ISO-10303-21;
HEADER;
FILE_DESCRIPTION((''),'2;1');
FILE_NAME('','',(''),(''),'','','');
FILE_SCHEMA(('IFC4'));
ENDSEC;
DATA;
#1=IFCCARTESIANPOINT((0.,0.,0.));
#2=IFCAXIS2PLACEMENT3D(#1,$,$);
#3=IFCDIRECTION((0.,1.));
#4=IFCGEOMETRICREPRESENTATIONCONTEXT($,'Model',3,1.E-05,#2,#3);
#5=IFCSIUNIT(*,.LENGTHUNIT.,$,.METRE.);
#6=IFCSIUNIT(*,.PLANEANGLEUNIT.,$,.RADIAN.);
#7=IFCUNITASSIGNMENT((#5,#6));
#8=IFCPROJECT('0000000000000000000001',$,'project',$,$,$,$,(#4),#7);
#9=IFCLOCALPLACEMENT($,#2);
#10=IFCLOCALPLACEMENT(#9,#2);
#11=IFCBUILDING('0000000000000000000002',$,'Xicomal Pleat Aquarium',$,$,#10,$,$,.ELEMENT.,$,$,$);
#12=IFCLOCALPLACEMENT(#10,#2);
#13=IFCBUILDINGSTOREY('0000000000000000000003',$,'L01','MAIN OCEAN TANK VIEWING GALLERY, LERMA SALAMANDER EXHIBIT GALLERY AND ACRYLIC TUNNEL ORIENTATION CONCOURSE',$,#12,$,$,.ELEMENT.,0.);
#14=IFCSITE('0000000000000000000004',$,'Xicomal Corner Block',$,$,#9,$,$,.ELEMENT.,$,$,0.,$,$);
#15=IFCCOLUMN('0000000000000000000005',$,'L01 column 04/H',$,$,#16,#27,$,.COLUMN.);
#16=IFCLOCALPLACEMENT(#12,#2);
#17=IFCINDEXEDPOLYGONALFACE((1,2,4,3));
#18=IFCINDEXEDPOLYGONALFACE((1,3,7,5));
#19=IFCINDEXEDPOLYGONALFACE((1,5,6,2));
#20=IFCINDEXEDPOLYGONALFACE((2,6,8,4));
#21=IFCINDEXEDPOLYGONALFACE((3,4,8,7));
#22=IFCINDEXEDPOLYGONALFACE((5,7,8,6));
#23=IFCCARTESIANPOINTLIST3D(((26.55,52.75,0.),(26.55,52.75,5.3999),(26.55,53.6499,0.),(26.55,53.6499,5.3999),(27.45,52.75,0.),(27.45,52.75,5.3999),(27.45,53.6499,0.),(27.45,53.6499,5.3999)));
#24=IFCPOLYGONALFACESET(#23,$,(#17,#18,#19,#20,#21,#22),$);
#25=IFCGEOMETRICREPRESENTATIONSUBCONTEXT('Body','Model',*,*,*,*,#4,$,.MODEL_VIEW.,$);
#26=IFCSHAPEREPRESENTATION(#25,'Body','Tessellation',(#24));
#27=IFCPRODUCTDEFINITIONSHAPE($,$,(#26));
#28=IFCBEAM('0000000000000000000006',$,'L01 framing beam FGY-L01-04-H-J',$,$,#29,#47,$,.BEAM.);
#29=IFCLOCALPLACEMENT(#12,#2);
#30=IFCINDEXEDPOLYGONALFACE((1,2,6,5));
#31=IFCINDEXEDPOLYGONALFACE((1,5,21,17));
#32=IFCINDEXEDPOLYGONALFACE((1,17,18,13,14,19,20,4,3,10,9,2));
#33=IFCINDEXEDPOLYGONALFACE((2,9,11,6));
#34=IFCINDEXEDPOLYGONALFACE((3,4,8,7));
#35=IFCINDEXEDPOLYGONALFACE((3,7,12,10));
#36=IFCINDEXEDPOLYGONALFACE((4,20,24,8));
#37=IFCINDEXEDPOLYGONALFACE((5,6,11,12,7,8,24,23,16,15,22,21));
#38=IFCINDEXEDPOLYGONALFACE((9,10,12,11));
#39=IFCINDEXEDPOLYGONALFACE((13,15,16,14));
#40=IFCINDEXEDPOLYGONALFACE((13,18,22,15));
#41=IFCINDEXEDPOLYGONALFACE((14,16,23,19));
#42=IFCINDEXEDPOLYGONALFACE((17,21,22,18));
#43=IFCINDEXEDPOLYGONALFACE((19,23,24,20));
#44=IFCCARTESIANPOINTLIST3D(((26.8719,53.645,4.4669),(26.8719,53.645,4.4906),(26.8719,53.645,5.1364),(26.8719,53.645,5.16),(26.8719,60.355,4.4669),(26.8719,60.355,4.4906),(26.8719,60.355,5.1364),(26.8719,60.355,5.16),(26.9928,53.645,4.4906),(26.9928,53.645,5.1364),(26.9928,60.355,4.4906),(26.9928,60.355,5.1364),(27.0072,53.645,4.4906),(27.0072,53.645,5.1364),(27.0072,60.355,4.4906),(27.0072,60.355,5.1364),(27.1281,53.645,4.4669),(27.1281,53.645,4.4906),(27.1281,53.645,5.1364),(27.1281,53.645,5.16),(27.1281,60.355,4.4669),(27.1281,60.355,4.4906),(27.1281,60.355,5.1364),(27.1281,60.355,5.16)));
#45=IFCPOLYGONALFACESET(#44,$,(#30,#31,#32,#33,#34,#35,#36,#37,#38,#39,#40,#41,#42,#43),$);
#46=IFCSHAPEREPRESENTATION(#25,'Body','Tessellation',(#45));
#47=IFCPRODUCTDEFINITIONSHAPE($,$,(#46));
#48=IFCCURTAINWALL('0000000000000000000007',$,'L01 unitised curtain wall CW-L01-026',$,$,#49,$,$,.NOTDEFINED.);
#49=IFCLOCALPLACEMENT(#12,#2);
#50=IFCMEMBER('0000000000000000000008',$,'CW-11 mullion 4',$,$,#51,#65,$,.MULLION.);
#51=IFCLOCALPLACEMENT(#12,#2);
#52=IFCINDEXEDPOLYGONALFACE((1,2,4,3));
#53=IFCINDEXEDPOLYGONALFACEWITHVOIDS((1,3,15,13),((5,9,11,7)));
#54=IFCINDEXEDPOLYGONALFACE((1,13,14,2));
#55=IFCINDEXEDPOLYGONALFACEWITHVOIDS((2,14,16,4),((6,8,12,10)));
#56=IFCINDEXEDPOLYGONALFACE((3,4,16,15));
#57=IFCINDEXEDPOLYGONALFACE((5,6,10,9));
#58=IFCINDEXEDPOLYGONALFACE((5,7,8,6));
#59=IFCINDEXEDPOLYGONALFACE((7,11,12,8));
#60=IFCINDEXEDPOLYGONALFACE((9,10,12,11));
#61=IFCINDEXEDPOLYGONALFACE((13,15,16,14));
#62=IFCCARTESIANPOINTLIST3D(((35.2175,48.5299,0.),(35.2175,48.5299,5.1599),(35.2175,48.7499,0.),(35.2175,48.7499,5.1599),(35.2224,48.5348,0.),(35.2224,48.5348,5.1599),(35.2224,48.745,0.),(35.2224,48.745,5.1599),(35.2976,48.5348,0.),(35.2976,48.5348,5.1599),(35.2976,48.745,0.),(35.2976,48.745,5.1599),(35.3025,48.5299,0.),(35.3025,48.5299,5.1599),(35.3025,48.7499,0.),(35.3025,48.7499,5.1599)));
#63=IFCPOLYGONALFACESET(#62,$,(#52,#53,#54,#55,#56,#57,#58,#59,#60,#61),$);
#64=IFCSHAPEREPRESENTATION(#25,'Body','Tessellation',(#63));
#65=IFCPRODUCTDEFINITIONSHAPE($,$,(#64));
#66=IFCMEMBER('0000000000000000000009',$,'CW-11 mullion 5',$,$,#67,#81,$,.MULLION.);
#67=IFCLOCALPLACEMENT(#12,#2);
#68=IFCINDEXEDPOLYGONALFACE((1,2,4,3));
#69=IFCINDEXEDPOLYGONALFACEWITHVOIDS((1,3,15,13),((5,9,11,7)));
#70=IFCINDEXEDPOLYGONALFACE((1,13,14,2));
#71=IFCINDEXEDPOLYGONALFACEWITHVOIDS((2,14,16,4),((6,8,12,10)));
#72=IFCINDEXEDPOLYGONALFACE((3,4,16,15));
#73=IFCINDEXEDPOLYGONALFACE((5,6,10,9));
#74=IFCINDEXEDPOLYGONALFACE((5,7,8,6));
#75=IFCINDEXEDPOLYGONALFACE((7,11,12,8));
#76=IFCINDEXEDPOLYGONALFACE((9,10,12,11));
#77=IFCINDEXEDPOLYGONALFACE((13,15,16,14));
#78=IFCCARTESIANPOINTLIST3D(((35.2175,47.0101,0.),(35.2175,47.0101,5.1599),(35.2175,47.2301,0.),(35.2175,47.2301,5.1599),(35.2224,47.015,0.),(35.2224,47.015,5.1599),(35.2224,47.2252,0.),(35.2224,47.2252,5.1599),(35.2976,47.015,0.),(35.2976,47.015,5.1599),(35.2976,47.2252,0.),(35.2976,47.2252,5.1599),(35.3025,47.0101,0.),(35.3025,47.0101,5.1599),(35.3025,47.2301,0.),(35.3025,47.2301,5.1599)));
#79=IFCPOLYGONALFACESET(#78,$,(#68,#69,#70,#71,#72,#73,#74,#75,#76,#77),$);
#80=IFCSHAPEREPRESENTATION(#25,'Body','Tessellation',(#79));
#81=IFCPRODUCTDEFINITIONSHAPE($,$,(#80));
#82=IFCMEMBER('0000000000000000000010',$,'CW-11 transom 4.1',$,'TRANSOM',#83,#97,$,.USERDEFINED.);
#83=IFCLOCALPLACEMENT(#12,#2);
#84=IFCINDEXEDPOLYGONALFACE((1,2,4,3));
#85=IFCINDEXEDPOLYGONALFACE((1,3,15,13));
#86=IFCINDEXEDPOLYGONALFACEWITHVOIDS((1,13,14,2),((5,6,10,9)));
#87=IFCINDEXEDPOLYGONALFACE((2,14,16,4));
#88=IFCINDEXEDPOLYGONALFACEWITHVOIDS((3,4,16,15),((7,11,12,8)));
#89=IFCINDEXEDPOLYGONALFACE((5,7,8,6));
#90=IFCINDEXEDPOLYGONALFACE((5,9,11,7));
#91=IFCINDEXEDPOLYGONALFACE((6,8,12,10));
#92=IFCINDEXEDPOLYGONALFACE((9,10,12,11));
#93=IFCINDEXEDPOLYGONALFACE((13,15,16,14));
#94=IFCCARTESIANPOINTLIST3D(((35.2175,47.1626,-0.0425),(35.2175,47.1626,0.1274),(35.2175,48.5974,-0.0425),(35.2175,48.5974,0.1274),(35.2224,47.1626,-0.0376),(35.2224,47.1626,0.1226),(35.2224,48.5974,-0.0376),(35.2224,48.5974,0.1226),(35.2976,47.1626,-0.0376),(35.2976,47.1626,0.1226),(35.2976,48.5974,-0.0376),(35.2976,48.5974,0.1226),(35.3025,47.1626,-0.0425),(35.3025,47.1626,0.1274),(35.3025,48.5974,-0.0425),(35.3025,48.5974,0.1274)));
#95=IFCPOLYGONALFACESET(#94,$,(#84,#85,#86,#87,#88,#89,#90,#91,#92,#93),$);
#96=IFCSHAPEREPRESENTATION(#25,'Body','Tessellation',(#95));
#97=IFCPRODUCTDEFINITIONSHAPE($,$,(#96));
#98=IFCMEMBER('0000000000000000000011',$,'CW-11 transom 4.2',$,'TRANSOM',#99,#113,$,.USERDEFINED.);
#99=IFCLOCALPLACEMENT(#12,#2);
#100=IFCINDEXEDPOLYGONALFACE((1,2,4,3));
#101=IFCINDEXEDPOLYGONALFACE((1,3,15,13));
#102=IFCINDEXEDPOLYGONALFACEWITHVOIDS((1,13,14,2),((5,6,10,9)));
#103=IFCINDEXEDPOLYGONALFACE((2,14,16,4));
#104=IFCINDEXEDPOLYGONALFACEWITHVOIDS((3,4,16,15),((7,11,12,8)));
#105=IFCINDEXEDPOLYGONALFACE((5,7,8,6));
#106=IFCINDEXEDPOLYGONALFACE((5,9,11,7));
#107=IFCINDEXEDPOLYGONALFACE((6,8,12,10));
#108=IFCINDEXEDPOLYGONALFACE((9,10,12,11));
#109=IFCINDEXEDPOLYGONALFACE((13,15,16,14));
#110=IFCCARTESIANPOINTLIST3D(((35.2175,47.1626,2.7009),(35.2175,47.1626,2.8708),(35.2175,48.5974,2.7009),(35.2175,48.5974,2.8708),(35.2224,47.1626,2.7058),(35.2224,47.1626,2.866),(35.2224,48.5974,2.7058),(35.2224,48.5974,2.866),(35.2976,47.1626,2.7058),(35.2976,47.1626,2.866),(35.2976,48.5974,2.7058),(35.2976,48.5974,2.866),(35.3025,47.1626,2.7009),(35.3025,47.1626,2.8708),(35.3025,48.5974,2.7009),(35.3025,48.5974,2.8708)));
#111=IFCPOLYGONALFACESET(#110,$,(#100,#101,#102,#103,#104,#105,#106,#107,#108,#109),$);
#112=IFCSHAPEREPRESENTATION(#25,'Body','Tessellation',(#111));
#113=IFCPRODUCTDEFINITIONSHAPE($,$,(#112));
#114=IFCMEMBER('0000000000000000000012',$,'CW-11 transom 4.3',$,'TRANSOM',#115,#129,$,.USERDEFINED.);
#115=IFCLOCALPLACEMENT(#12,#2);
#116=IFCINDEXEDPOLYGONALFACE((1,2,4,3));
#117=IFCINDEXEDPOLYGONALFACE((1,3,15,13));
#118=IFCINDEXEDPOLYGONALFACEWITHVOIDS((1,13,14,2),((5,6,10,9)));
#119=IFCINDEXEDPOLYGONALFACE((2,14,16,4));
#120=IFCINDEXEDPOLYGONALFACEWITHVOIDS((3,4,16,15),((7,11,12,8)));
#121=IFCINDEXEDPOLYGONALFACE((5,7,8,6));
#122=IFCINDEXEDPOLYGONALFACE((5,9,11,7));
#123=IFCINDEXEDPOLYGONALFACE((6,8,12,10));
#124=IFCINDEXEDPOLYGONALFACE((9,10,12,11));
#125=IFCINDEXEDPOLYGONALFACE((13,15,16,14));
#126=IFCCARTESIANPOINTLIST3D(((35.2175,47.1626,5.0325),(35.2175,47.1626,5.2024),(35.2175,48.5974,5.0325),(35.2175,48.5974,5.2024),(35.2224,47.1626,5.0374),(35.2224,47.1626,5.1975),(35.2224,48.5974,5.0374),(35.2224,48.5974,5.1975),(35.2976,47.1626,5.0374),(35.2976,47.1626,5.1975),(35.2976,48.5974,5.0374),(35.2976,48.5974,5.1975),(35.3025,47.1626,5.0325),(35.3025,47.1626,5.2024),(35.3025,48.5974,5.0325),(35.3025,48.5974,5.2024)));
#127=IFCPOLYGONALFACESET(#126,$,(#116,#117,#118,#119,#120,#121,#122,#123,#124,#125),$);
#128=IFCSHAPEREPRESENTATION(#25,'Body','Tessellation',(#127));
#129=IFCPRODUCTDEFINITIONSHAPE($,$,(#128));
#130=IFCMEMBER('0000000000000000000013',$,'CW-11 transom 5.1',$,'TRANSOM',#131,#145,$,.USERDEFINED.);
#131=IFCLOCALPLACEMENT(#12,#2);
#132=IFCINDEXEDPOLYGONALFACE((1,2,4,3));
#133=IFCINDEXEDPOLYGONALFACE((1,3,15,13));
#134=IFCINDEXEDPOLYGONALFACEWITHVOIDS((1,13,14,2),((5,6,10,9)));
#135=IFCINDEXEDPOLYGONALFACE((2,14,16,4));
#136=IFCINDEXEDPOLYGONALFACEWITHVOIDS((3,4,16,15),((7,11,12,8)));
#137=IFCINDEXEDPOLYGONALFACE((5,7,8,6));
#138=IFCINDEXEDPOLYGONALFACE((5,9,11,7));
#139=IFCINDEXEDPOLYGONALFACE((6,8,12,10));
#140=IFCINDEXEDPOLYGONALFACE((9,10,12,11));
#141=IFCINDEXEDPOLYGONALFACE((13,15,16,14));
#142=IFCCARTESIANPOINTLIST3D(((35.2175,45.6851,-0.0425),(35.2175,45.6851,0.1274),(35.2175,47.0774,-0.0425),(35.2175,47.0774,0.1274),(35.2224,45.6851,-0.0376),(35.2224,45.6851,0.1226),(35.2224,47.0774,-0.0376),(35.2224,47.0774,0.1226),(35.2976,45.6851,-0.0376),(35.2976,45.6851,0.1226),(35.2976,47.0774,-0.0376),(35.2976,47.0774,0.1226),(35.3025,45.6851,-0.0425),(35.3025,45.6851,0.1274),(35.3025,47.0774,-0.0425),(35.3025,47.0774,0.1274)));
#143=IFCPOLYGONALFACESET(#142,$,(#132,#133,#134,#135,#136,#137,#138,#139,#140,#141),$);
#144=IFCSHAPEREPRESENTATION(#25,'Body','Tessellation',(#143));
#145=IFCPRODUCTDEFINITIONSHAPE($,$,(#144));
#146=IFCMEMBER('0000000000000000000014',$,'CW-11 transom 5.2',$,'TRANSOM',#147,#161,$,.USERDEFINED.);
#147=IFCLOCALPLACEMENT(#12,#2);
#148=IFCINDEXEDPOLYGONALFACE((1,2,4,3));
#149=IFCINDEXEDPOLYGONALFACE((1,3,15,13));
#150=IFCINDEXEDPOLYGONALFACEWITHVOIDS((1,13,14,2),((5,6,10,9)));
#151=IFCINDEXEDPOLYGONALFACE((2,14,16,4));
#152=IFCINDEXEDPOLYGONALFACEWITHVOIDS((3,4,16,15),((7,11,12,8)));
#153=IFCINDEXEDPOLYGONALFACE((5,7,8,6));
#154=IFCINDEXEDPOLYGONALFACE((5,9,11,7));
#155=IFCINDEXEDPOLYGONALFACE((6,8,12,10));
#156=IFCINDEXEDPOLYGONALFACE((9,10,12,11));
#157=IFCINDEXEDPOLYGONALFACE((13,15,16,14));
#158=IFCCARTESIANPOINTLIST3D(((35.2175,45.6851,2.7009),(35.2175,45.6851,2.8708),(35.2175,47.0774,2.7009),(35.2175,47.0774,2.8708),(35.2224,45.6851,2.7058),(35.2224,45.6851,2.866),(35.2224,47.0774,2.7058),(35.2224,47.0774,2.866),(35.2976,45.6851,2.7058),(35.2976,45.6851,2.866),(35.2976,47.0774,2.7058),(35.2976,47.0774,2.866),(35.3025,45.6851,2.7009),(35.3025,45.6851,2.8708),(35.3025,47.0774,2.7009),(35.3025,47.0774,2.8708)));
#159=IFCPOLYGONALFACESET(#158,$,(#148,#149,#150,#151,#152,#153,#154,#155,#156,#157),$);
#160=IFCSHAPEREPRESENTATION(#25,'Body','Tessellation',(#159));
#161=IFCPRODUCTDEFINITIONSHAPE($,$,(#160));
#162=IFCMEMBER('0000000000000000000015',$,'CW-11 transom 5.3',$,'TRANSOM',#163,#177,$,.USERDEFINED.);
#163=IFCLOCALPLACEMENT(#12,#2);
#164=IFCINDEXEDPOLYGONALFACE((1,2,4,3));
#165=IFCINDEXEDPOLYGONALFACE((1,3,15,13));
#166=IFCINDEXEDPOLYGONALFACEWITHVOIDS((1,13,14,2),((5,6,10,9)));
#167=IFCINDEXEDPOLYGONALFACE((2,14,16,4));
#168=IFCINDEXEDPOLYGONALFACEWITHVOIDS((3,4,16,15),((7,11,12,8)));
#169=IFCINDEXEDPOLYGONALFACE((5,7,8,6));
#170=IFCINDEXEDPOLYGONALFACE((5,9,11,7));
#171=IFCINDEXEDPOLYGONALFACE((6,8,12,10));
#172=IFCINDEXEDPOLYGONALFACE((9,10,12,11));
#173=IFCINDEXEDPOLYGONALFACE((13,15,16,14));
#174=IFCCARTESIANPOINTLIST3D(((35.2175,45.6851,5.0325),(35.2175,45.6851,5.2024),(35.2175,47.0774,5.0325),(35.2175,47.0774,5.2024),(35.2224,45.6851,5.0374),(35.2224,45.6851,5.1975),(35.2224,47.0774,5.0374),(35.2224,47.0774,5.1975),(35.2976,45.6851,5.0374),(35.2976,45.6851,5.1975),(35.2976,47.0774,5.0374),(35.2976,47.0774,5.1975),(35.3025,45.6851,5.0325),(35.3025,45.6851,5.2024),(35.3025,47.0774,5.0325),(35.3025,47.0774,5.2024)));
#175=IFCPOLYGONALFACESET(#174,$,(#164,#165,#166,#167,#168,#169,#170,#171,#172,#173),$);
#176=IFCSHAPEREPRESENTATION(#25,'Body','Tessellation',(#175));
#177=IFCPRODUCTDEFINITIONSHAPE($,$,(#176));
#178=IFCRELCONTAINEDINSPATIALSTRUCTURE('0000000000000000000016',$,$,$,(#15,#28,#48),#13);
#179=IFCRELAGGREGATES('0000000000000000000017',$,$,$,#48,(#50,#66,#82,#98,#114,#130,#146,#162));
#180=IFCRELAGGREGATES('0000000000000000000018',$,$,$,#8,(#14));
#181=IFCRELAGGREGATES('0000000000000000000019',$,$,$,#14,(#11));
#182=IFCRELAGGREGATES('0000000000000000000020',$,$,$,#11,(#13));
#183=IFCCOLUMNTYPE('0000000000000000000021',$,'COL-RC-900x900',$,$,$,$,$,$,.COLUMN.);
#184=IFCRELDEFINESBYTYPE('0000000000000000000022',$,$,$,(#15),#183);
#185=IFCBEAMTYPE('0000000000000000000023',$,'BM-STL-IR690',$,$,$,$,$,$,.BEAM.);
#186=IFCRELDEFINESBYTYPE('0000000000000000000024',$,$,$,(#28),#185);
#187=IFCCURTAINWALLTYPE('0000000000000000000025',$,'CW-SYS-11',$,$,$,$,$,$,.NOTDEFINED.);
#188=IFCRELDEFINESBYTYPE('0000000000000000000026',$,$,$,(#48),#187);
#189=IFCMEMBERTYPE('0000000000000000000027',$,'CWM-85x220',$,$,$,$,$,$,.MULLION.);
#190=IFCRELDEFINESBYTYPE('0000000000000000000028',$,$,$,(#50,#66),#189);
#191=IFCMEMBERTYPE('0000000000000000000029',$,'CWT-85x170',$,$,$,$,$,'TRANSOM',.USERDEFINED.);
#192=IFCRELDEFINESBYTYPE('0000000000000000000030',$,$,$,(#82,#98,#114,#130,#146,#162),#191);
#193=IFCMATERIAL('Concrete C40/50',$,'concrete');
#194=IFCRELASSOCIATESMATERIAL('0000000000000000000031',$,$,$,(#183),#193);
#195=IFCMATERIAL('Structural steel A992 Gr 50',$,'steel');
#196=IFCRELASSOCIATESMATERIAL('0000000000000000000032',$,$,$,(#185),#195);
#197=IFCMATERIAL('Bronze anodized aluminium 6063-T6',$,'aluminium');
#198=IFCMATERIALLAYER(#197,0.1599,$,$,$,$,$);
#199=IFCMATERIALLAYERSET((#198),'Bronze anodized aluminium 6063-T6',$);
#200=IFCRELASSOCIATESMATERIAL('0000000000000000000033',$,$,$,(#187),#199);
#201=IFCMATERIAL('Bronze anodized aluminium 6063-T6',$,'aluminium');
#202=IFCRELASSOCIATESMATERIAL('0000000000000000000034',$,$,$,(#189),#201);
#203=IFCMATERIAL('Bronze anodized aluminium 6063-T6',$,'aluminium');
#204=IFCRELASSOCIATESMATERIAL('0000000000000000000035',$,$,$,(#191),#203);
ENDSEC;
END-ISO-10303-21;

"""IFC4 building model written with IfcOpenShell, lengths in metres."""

from ifc_helpers import new_model, si_unit, direction, frame, origin, origin_2d, place, context, subcontext, project, spatial, rectangle, hollow_rectangle, i_section, extrude, material, layer, layer_set, material_profile, profile_set, type_object, element, aggregate, save


model = new_model("IFC4")

# Units and contexts
model_context = context("Model", 3, precision=1e-05, world=origin(), true_north=direction((0.0, 1.0)))
body_context = subcontext(model_context, "Body", "Model", "MODEL_VIEW")
ifc_project = project(units=[si_unit("LENGTHUNIT", "METRE"), si_unit("PLANEANGLEUNIT", "RADIAN")], contexts=[model_context])

# Site, building, storey
site_placement = place(None, origin())
site = spatial("IfcSite", under=ifc_project, at=site_placement, Name="Xicomal Corner Block", CompositionType="ELEMENT", RefElevation=0.0)
building_placement = place(site_placement, origin())
building = spatial("IfcBuilding", under=site, at=building_placement, Name="Xicomal Pleat Aquarium", CompositionType="ELEMENT")
storey_placement = place(building_placement, origin())
storey = spatial("IfcBuildingStorey", under=building, at=storey_placement, Name="L01", Description="MAIN OCEAN TANK VIEWING GALLERY, LERMA SALAMANDER EXHIBIT GALLERY AND ACRYLIC TUNNEL ORIENTATION CONCOURSE", CompositionType="ELEMENT", Elevation=0.0)

# Column
ifc_material_1 = material(Name="Concrete C40/50", Category="concrete")
ifc_material_profile_1 = material_profile(ifc_material_1, rectangle(XDim=0.8999, YDim=0.8999, at=origin_2d()), Name="RC 900x900")
ifc_profile_set_1 = profile_set([ifc_material_profile_1], Name="Concrete C40/50")
column_type = type_object("IfcColumnType", Name="COL-RC-900x900", PredefinedType="COLUMN", material=ifc_profile_set_1)
column_placement = place(storey_placement, frame((27.0, 53.2, 0.0), z_axis=(0.0, 0.0, 1.0), x_axis=(1.0, 0.0, 0.0)))
element("IfcColumn", 1, at=column_placement, inside=storey, type_object=column_type, Name="L01 column 04/H", PredefinedType="COLUMN", context=body_context, shape_type="SweptSolid", body=[
    extrude(rectangle(XDim=0.8999, YDim=0.8999, at=origin_2d()), origin(), (0.0, 0.0, 1.0), 5.3999),
])

# Beam
ifc_material_2 = material(Name="Structural steel A992 Gr 50", Category="steel")
ifc_material_profile_2 = material_profile(ifc_material_2, i_section(OverallWidth=0.2561, OverallDepth=0.6931, WebThickness=0.0144, FlangeThickness=0.0237, at=origin_2d()), Name="IR 690x170")
ifc_profile_set_2 = profile_set([ifc_material_profile_2], Name="Structural steel A992 Gr 50")
beam_type = type_object("IfcBeamType", Name="BM-STL-IR690", PredefinedType="BEAM", material=ifc_profile_set_2)
beam_placement = place(storey_placement, frame((27.0, 53.645, 4.8135), z_axis=(0.0, 1.0, 0.0), x_axis=(-1.0, 0.0, 0.0)))
element("IfcBeam", 2, at=beam_placement, inside=storey, type_object=beam_type, Name="L01 framing beam FGY-L01-04-H-J", PredefinedType="BEAM", context=body_context, shape_type="SweptSolid", body=[
    extrude(i_section(OverallWidth=0.2561, OverallDepth=0.6931, WebThickness=0.0144, FlangeThickness=0.0237, at=origin_2d()), origin(), (0.0, 0.0, 1.0), 6.71),
])

# Curtain wall, members
ifc_material_3 = material(Name="Bronze anodized aluminium 6063-T6", Category="aluminium")
ifc_layer_1 = layer(ifc_material_3, 0.1599)
ifc_layer_set_1 = layer_set([ifc_layer_1], Name="Bronze anodized aluminium 6063-T6")
curtain_wall_type = type_object("IfcCurtainWallType", Name="CW-SYS-11", PredefinedType="NOTDEFINED", material=ifc_layer_set_1)
curtain_wall_placement = place(storey_placement, origin())
curtain_wall = element("IfcCurtainWall", 3, at=curtain_wall_placement, inside=storey, type_object=curtain_wall_type, Name="L01 unitised curtain wall CW-L01-026", PredefinedType="NOTDEFINED")
ifc_material_4 = material(Name="Bronze anodized aluminium 6063-T6", Category="aluminium")
ifc_material_profile_3 = material_profile(ifc_material_4, hollow_rectangle(XDim=0.085, YDim=0.22, WallThickness=0.0049, at=origin_2d()), Name="ALU MULL 85x220")
ifc_profile_set_3 = profile_set([ifc_material_profile_3], Name="Bronze anodized aluminium 6063-T6")
member_type_1 = type_object("IfcMemberType", Name="CWM-85x220", PredefinedType="MULLION", material=ifc_profile_set_3)
member_1_placement = place(storey_placement, frame((35.26, 48.6399, 0.0), z_axis=(0.0, 0.0, 1.0), x_axis=(1.0, 0.0, 0.0)))
member_1 = element("IfcMember", 4, at=member_1_placement, type_object=member_type_1, Name="CW-11 mullion 4", PredefinedType="MULLION", context=body_context, shape_type="SweptSolid", body=[
    extrude(hollow_rectangle(XDim=0.085, YDim=0.22, WallThickness=0.0049, at=origin_2d()), origin(), (0.0, 0.0, 1.0), 5.1599),
])
member_2_placement = place(storey_placement, frame((35.26, 47.1201, 0.0), z_axis=(0.0, 0.0, 1.0), x_axis=(1.0, 0.0, 0.0)))
member_2 = element("IfcMember", 5, at=member_2_placement, type_object=member_type_1, Name="CW-11 mullion 5", PredefinedType="MULLION", context=body_context, shape_type="SweptSolid", body=[
    extrude(hollow_rectangle(XDim=0.085, YDim=0.22, WallThickness=0.0049, at=origin_2d()), origin(), (0.0, 0.0, 1.0), 5.1599),
])
ifc_material_5 = material(Name="Bronze anodized aluminium 6063-T6", Category="aluminium")
ifc_material_profile_4 = material_profile(ifc_material_5, hollow_rectangle(XDim=0.085, YDim=0.1699, WallThickness=0.0049, at=origin_2d()), Name="ALU TRAN 85x170")
ifc_profile_set_4 = profile_set([ifc_material_profile_4], Name="Bronze anodized aluminium 6063-T6")
member_type_2 = type_object("IfcMemberType", Name="CWT-85x170", ElementType="TRANSOM", PredefinedType="USERDEFINED", material=ifc_profile_set_4)
member_3_placement = place(storey_placement, frame((35.26, 48.5974, 0.0425), z_axis=(0.0, -1.0, 0.0), x_axis=(1.0, 0.0, 0.0)))
member_3 = element("IfcMember", 6, at=member_3_placement, type_object=member_type_2, Name="CW-11 transom 4.1", ObjectType="TRANSOM", PredefinedType="USERDEFINED", context=body_context, shape_type="SweptSolid", body=[
    extrude(hollow_rectangle(XDim=0.085, YDim=0.1699, WallThickness=0.0049, at=origin_2d()), origin(), (0.0, 0.0, 1.0), 1.4348),
])
member_4_placement = place(storey_placement, frame((35.26, 48.5974, 2.7859), z_axis=(0.0, -1.0, 0.0), x_axis=(1.0, 0.0, 0.0)))
member_4 = element("IfcMember", 7, at=member_4_placement, type_object=member_type_2, Name="CW-11 transom 4.2", ObjectType="TRANSOM", PredefinedType="USERDEFINED", context=body_context, shape_type="SweptSolid", body=[
    extrude(hollow_rectangle(XDim=0.085, YDim=0.1699, WallThickness=0.0049, at=origin_2d()), origin(), (0.0, 0.0, 1.0), 1.4348),
])
member_5_placement = place(storey_placement, frame((35.26, 48.5974, 5.1174), z_axis=(0.0, -1.0, 0.0), x_axis=(1.0, 0.0, 0.0)))
member_5 = element("IfcMember", 8, at=member_5_placement, type_object=member_type_2, Name="CW-11 transom 4.3", ObjectType="TRANSOM", PredefinedType="USERDEFINED", context=body_context, shape_type="SweptSolid", body=[
    extrude(hollow_rectangle(XDim=0.085, YDim=0.1699, WallThickness=0.0049, at=origin_2d()), origin(), (0.0, 0.0, 1.0), 1.4348),
])
member_6_placement = place(storey_placement, frame((35.26, 47.0774, 0.0425), z_axis=(0.0, -1.0, 0.0), x_axis=(1.0, 0.0, 0.0)))
member_6 = element("IfcMember", 9, at=member_6_placement, type_object=member_type_2, Name="CW-11 transom 5.1", ObjectType="TRANSOM", PredefinedType="USERDEFINED", context=body_context, shape_type="SweptSolid", body=[
    extrude(hollow_rectangle(XDim=0.085, YDim=0.1699, WallThickness=0.0049, at=origin_2d()), origin(), (0.0, 0.0, 1.0), 1.3923),
])
member_7_placement = place(storey_placement, frame((35.26, 47.0774, 2.7859), z_axis=(0.0, -1.0, 0.0), x_axis=(1.0, 0.0, 0.0)))
member_7 = element("IfcMember", 10, at=member_7_placement, type_object=member_type_2, Name="CW-11 transom 5.2", ObjectType="TRANSOM", PredefinedType="USERDEFINED", context=body_context, shape_type="SweptSolid", body=[
    extrude(hollow_rectangle(XDim=0.085, YDim=0.1699, WallThickness=0.0049, at=origin_2d()), origin(), (0.0, 0.0, 1.0), 1.3923),
])
member_8_placement = place(storey_placement, frame((35.26, 47.0774, 5.1174), z_axis=(0.0, -1.0, 0.0), x_axis=(1.0, 0.0, 0.0)))
member_8 = element("IfcMember", 11, at=member_8_placement, type_object=member_type_2, Name="CW-11 transom 5.3", ObjectType="TRANSOM", PredefinedType="USERDEFINED", context=body_context, shape_type="SweptSolid", body=[
    extrude(hollow_rectangle(XDim=0.085, YDim=0.1699, WallThickness=0.0049, at=origin_2d()), origin(), (0.0, 0.0, 1.0), 1.3923),
])
aggregate(curtain_wall, [member_1, member_2, member_3, member_4, member_5, member_6, member_7, member_8])

save(model, "model.ifc")
